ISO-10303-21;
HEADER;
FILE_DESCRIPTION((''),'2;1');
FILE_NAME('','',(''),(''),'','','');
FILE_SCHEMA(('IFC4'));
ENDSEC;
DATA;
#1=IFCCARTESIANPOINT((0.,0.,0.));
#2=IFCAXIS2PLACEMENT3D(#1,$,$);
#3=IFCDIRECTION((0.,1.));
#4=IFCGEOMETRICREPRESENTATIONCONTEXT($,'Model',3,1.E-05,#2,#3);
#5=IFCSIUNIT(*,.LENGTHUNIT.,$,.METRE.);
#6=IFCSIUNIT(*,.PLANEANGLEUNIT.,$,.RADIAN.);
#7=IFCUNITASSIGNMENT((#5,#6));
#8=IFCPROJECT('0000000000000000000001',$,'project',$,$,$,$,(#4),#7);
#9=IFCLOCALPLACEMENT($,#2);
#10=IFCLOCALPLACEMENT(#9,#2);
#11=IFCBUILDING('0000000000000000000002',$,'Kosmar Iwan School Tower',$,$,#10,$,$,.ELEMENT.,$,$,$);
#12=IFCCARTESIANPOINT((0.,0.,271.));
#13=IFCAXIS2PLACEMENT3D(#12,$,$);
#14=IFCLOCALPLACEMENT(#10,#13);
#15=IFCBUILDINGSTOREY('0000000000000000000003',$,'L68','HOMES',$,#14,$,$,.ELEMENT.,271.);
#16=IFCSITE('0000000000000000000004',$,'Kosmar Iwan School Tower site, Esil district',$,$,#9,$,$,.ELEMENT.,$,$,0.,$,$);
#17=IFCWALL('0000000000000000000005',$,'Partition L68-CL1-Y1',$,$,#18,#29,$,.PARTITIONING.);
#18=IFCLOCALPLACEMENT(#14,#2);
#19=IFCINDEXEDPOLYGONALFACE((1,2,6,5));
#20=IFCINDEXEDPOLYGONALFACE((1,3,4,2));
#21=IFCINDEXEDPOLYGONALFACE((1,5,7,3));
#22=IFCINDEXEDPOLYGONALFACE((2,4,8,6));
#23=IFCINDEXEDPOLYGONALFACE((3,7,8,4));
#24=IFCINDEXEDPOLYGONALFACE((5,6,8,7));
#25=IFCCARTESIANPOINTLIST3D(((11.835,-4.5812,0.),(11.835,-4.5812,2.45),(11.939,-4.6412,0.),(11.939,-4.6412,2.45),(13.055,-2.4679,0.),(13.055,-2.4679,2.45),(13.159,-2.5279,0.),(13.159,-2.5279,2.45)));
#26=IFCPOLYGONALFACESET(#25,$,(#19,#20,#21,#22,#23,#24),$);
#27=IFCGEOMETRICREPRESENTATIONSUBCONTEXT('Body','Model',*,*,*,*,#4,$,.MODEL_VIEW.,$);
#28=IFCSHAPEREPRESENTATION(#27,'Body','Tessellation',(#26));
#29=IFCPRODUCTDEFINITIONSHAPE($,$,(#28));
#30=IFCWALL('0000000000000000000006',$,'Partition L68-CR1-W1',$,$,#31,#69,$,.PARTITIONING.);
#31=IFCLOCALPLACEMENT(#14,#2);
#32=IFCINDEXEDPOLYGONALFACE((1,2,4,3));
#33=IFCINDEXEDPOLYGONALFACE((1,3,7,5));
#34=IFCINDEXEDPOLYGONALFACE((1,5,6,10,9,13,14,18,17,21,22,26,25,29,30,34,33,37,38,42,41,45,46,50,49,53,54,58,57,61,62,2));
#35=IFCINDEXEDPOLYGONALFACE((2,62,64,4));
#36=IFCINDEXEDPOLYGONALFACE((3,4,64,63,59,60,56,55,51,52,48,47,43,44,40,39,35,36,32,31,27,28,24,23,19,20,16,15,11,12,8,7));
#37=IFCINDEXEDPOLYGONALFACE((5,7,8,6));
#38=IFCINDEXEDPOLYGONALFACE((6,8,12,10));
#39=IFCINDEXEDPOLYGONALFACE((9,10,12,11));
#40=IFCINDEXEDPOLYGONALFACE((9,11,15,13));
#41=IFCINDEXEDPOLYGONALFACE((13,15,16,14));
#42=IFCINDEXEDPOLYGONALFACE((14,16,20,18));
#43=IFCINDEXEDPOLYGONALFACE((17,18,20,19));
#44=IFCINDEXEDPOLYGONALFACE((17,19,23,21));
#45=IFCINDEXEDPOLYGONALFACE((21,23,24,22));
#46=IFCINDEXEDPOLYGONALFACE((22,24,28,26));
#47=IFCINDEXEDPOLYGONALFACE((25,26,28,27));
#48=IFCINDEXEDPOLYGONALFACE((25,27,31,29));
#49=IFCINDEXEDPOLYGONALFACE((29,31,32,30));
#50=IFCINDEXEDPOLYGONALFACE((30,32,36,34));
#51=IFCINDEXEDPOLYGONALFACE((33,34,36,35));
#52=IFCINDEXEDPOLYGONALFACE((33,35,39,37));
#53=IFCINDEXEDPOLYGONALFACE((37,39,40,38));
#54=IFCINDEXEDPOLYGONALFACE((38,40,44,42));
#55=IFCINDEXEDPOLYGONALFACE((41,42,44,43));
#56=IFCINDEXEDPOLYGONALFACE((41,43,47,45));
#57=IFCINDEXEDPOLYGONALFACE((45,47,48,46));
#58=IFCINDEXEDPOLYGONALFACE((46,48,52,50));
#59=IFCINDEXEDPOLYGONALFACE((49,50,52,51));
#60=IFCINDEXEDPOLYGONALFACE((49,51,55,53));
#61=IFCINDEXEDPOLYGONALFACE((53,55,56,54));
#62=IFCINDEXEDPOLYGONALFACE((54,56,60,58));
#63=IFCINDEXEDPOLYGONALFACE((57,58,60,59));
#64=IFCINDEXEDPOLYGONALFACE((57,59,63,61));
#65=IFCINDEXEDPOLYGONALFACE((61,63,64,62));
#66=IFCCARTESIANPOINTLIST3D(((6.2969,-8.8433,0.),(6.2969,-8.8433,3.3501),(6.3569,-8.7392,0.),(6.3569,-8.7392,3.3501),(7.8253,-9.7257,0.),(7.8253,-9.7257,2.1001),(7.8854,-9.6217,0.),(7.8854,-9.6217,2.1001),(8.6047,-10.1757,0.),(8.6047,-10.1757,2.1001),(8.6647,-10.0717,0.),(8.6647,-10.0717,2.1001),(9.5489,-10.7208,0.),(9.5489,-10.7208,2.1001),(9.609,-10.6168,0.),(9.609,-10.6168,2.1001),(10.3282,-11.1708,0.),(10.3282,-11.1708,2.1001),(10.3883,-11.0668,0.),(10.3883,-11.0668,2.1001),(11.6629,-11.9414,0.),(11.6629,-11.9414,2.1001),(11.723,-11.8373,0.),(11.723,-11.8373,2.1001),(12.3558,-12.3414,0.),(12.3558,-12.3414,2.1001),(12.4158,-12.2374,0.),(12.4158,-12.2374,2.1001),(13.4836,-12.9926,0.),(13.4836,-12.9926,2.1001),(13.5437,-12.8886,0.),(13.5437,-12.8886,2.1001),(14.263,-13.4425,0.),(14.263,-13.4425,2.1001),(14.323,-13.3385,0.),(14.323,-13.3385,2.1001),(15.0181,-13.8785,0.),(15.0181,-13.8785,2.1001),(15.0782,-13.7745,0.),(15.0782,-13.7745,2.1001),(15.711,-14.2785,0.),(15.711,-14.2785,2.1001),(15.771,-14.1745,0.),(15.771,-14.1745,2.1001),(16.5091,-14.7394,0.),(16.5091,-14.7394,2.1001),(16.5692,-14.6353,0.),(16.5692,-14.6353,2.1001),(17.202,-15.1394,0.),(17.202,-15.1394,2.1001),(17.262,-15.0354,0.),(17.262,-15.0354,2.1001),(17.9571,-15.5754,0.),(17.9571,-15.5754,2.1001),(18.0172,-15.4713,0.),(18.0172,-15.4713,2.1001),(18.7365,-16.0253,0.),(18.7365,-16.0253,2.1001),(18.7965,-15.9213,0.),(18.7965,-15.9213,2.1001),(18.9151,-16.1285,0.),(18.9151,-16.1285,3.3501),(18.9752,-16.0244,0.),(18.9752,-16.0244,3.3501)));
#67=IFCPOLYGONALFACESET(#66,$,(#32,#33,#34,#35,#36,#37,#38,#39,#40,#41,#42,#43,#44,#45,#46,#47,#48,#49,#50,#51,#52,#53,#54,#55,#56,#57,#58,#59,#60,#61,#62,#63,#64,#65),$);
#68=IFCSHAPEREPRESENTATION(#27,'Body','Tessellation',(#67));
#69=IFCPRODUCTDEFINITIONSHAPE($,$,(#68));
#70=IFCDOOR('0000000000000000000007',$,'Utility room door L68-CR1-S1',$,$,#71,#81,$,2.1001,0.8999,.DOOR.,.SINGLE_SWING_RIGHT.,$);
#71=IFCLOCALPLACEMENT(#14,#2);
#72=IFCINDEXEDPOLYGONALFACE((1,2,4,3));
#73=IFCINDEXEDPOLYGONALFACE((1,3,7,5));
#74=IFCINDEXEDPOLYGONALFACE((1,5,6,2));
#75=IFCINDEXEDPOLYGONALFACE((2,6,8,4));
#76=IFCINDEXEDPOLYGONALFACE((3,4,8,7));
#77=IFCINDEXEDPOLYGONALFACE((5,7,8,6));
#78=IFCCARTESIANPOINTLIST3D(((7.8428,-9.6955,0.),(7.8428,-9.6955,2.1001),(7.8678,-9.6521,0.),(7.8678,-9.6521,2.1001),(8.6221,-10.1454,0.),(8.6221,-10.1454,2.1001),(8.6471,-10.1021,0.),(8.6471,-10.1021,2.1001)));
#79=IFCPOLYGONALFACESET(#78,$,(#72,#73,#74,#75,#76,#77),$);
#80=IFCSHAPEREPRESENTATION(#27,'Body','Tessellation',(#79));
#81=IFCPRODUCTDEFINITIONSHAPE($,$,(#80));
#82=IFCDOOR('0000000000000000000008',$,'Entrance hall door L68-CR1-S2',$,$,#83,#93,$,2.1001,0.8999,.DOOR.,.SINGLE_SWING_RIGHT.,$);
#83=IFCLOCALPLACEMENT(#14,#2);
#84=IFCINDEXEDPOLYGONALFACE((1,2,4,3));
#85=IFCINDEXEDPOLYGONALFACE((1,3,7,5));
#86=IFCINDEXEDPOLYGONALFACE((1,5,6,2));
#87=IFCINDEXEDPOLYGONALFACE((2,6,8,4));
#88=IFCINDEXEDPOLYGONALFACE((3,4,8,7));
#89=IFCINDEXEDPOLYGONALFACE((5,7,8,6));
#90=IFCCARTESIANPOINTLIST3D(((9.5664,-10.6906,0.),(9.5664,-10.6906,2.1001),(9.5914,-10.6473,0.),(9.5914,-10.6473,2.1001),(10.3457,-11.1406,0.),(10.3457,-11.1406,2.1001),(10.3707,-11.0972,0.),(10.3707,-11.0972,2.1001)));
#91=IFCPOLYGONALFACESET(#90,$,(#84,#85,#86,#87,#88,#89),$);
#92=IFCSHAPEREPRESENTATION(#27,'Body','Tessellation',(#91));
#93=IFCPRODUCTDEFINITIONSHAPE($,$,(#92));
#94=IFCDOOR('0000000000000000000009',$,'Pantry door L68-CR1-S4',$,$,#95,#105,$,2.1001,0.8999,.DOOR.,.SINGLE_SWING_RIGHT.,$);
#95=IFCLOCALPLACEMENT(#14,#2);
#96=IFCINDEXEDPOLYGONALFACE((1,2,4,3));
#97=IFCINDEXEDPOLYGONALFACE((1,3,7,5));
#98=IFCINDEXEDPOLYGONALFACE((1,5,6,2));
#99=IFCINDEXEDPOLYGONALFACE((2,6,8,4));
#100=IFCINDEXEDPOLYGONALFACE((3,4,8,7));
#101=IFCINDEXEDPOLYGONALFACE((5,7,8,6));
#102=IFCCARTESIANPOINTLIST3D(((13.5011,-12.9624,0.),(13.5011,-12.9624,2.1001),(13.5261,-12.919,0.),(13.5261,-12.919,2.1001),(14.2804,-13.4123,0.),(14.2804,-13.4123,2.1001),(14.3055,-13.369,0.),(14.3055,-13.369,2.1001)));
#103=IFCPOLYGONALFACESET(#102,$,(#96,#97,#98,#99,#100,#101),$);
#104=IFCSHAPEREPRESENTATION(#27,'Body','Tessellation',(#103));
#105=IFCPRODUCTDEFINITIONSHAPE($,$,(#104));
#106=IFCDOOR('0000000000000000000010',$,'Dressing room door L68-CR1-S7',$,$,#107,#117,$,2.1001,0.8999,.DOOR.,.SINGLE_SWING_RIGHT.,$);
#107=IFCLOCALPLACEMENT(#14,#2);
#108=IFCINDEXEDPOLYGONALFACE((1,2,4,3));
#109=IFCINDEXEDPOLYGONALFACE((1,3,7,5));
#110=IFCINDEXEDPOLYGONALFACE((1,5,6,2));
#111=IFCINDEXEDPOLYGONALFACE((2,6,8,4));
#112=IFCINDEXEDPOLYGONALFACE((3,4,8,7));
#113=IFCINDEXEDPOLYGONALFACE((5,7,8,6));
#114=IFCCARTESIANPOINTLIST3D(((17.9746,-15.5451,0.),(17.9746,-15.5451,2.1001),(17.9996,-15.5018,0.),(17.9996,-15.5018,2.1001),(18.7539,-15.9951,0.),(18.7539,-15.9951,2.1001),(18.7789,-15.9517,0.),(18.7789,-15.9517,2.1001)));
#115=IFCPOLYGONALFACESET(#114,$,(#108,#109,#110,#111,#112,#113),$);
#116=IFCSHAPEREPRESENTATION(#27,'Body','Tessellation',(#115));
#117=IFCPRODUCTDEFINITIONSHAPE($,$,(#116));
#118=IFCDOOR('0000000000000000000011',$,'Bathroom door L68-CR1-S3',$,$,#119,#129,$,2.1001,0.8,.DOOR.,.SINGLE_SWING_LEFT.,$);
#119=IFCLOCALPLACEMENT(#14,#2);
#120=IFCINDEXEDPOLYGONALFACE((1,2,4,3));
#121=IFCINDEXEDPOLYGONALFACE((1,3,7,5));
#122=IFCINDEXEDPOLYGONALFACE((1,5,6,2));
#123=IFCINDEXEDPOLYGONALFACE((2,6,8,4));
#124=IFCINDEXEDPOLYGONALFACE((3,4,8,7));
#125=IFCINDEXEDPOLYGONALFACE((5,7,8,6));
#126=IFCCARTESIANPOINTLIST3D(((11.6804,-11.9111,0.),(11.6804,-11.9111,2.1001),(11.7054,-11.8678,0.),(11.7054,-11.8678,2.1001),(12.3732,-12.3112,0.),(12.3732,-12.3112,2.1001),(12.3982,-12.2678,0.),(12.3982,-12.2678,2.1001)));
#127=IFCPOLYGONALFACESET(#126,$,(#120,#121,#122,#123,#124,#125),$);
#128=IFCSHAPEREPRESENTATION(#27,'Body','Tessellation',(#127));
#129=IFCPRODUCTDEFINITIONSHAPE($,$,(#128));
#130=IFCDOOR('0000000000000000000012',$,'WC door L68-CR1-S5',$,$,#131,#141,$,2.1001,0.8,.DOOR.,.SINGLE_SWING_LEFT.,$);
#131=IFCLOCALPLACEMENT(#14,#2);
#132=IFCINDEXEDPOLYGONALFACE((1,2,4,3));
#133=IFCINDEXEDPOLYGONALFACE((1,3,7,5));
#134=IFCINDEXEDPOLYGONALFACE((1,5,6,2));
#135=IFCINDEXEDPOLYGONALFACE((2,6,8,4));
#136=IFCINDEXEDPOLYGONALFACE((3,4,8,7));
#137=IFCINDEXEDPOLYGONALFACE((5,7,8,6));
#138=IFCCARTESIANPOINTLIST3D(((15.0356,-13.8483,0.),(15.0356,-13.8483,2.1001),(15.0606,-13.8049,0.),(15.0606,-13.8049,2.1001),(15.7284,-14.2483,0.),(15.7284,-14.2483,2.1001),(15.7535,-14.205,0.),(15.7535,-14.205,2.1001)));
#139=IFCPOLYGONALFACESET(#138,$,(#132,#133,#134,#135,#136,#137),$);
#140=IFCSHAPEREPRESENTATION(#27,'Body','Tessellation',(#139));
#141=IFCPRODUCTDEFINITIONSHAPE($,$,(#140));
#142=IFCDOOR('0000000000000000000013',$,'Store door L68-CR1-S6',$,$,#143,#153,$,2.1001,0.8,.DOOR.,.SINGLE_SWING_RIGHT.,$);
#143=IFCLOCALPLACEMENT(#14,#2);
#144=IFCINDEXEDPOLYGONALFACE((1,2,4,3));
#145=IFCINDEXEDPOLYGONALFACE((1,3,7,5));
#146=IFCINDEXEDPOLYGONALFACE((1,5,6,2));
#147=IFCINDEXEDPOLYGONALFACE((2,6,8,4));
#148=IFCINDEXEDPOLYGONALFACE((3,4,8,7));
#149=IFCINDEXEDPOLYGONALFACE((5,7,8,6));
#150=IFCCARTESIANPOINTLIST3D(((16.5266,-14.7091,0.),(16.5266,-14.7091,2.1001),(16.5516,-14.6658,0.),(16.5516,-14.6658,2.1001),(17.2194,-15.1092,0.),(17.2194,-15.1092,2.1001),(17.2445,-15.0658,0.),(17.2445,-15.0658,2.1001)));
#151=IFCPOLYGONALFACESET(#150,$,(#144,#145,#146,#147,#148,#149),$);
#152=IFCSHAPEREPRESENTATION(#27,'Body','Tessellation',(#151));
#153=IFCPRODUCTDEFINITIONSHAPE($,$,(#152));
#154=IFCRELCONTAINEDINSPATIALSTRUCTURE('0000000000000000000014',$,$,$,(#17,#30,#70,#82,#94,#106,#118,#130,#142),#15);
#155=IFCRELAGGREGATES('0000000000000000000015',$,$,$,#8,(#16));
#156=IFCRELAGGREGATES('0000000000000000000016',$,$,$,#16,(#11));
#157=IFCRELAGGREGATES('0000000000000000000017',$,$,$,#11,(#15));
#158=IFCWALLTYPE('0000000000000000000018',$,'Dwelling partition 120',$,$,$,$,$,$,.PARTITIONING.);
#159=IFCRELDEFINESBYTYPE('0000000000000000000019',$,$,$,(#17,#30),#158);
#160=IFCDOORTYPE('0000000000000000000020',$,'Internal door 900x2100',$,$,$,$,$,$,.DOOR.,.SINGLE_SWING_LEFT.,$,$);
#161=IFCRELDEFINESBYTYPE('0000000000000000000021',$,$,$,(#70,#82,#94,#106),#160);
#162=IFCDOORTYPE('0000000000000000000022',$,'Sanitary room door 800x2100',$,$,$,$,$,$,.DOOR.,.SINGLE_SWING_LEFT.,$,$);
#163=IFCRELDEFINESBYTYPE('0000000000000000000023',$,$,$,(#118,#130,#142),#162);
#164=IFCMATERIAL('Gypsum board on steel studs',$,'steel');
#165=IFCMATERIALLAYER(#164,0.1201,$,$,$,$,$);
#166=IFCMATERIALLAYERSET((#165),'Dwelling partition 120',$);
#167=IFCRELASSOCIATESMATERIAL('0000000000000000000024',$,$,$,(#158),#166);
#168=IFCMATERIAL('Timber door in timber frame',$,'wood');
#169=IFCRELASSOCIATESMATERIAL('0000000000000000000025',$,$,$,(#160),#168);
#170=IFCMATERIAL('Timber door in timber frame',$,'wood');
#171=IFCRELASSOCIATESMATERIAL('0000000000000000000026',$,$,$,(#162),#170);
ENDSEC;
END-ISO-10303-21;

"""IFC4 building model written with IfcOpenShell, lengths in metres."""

from ifc_helpers import new_model, si_unit, direction, frame, frame_2d, origin, place, context, subcontext, project, spatial, rectangle, extrude, material, layer, layer_set, type_object, element, fill, save


model = new_model("IFC4")

# Units and contexts
model_context = context("Model", 3, precision=1e-05, world=origin(), true_north=direction((0.0, 1.0)))
body_context = subcontext(model_context, "Body", "Model", "MODEL_VIEW")
ifc_project = project(units=[si_unit("LENGTHUNIT", "METRE"), si_unit("PLANEANGLEUNIT", "RADIAN")], contexts=[model_context])

# Site, building, storey
site_placement = place(None, origin())
site = spatial("IfcSite", under=ifc_project, at=site_placement, Name="Kosmar Iwan School Tower site, Esil district", CompositionType="ELEMENT", RefElevation=0.0)
building_placement = place(site_placement, origin())
building = spatial("IfcBuilding", under=site, at=building_placement, Name="Kosmar Iwan School Tower", CompositionType="ELEMENT")
storey_placement = place(building_placement, frame((0.0, 0.0, 271.0)))
storey = spatial("IfcBuildingStorey", under=building, at=storey_placement, Name="L68", Description="HOMES", CompositionType="ELEMENT", Elevation=271.0)

# Wall
ifc_material_1 = material(Name="Gypsum board on steel studs", Category="steel")
ifc_layer_1 = layer(ifc_material_1, 0.1201)
ifc_layer_set_1 = layer_set([ifc_layer_1], Name="Dwelling partition 120")
wall_type_1 = type_object("IfcWallType", Name="Dwelling partition 120", PredefinedType="PARTITIONING", material=ifc_layer_set_1)
wall_1_placement = place(storey_placement, frame((11.887, -4.6113, 0.0), z_axis=(0.0, 0.0, 1.0), x_axis=(0.499959, 0.866049, 0.0)))
element("IfcWall", 1, at=wall_1_placement, inside=storey, type_object=wall_type_1, Name="Partition L68-CL1-Y1", PredefinedType="PARTITIONING", context=body_context, shape_type="SweptSolid", body=[
    extrude(rectangle(XDim=2.4402, YDim=0.1201, at=frame_2d((1.2202, 0.0))), origin(), (0.0, 0.0, 1.0), 2.45),
])

# Wall, openings, doors
wall_2_placement = place(storey_placement, frame((6.3269, -8.7913, 0.0), z_axis=(0.0, 0.0, 1.0), x_axis=(0.866024, -0.500003, 0.0)))
wall_2 = element("IfcWall", 2, at=wall_2_placement, inside=storey, type_object=wall_type_1, Name="Partition L68-CR1-W1", PredefinedType="PARTITIONING", context=body_context, shape_type="SweptSolid", body=[
    extrude(rectangle(XDim=14.5703, YDim=0.1201, at=frame_2d((7.2852, 0.0))), origin(), (0.0, 0.0, 1.0), 3.3501),
])
opening_1_placement = place(wall_2_placement, frame((1.7649, 0.0, 0.0)))
opening_1 = element("IfcOpeningElement", 3, at=opening_1_placement, cuts=wall_2, PredefinedType="OPENING", context=body_context, shape_type="SweptSolid", body=[
    extrude(rectangle(XDim=0.8999, YDim=2.1001, at=frame_2d((0.45, 1.05))), frame((0.0, 0.072, 0.0), z_axis=(0.0, -1.0, 0.0), x_axis=(1.0, 0.0, 0.0)), (0.0, 0.0, 1.0), 0.144),
])
opening_2_placement = place(wall_2_placement, frame((3.7551, 0.0, 0.0)))
opening_2 = element("IfcOpeningElement", 4, at=opening_2_placement, cuts=wall_2, PredefinedType="OPENING", context=body_context, shape_type="SweptSolid", body=[
    extrude(rectangle(XDim=0.8999, YDim=2.1001, at=frame_2d((0.45, 1.05))), frame((0.0, 0.072, 0.0), z_axis=(0.0, -1.0, 0.0), x_axis=(1.0, 0.0, 0.0)), (0.0, 0.0, 1.0), 0.144),
])
opening_3_placement = place(wall_2_placement, frame((6.1963, 0.0, 0.0)))
opening_3 = element("IfcOpeningElement", 5, at=opening_3_placement, cuts=wall_2, PredefinedType="OPENING", context=body_context, shape_type="SweptSolid", body=[
    extrude(rectangle(XDim=0.8, YDim=2.1001, at=frame_2d((0.3999, 1.05))), frame((0.0, 0.072, 0.0), z_axis=(0.0, -1.0, 0.0), x_axis=(1.0, 0.0, 0.0)), (0.0, 0.0, 1.0), 0.144),
])
opening_4_placement = place(wall_2_placement, frame((8.2986, 0.0, 0.0)))
opening_4 = element("IfcOpeningElement", 6, at=opening_4_placement, cuts=wall_2, PredefinedType="OPENING", context=body_context, shape_type="SweptSolid", body=[
    extrude(rectangle(XDim=0.8999, YDim=2.1001, at=frame_2d((0.45, 1.05))), frame((0.0, 0.072, 0.0), z_axis=(0.0, -1.0, 0.0), x_axis=(1.0, 0.0, 0.0)), (0.0, 0.0, 1.0), 0.144),
])
opening_5_placement = place(wall_2_placement, frame((10.0706, 0.0, 0.0)))
opening_5 = element("IfcOpeningElement", 7, at=opening_5_placement, cuts=wall_2, PredefinedType="OPENING", context=body_context, shape_type="SweptSolid", body=[
    extrude(rectangle(XDim=0.8, YDim=2.1001, at=frame_2d((0.3999, 1.05))), frame((0.0, 0.072, 0.0), z_axis=(0.0, -1.0, 0.0), x_axis=(1.0, 0.0, 0.0)), (0.0, 0.0, 1.0), 0.144),
])
opening_6_placement = place(wall_2_placement, frame((11.7922, 0.0, 0.0)))
opening_6 = element("IfcOpeningElement", 8, at=opening_6_placement, cuts=wall_2, PredefinedType="OPENING", context=body_context, shape_type="SweptSolid", body=[
    extrude(rectangle(XDim=0.8, YDim=2.1001, at=frame_2d((0.3999, 1.05))), frame((0.0, 0.072, 0.0), z_axis=(0.0, -1.0, 0.0), x_axis=(1.0, 0.0, 0.0)), (0.0, 0.0, 1.0), 0.144),
])
opening_7_placement = place(wall_2_placement, frame((13.4641, 0.0, 0.0)))
opening_7 = element("IfcOpeningElement", 9, at=opening_7_placement, cuts=wall_2, PredefinedType="OPENING", context=body_context, shape_type="SweptSolid", body=[
    extrude(rectangle(XDim=0.8999, YDim=2.1001, at=frame_2d((0.45, 1.05))), frame((0.0, 0.072, 0.0), z_axis=(0.0, -1.0, 0.0), x_axis=(1.0, 0.0, 0.0)), (0.0, 0.0, 1.0), 0.144),
])
ifc_material_2 = material(Name="Timber door in timber frame", Category="wood")
door_type_1 = type_object("IfcDoorType", Name="Internal door 900x2100", OperationType="SINGLE_SWING_LEFT", PredefinedType="DOOR", material=ifc_material_2)
door_1_placement = place(opening_1_placement, origin())
door_1 = element("IfcDoor", 10, at=door_1_placement, inside=storey, type_object=door_type_1, Name="Utility room door L68-CR1-S1", OperationType="SINGLE_SWING_RIGHT", OverallHeight=2.1001, OverallWidth=0.8999, PredefinedType="DOOR", context=body_context, shape_type="SweptSolid", body=[
    extrude(rectangle(XDim=0.8999, YDim=2.1001, at=frame_2d((0.45, 1.05))), frame((0.0, 0.0249, 0.0), z_axis=(0.0, -1.0, 0.0), x_axis=(1.0, 0.0, 0.0)), (0.0, 0.0, 1.0), 0.05),
])
fill(opening_1, door_1)
door_2_placement = place(opening_2_placement, origin())
door_2 = element("IfcDoor", 11, at=door_2_placement, inside=storey, type_object=door_type_1, Name="Entrance hall door L68-CR1-S2", OperationType="SINGLE_SWING_RIGHT", OverallHeight=2.1001, OverallWidth=0.8999, PredefinedType="DOOR", context=body_context, shape_type="SweptSolid", body=[
    extrude(rectangle(XDim=0.8999, YDim=2.1001, at=frame_2d((0.45, 1.05))), frame((0.0, 0.0249, 0.0), z_axis=(0.0, -1.0, 0.0), x_axis=(1.0, 0.0, 0.0)), (0.0, 0.0, 1.0), 0.05),
])
fill(opening_2, door_2)
door_3_placement = place(opening_4_placement, origin())
door_3 = element("IfcDoor", 12, at=door_3_placement, inside=storey, type_object=door_type_1, Name="Pantry door L68-CR1-S4", OperationType="SINGLE_SWING_RIGHT", OverallHeight=2.1001, OverallWidth=0.8999, PredefinedType="DOOR", context=body_context, shape_type="SweptSolid", body=[
    extrude(rectangle(XDim=0.8999, YDim=2.1001, at=frame_2d((0.45, 1.05))), frame((0.0, 0.0249, 0.0), z_axis=(0.0, -1.0, 0.0), x_axis=(1.0, 0.0, 0.0)), (0.0, 0.0, 1.0), 0.05),
])
fill(opening_4, door_3)
door_4_placement = place(opening_7_placement, origin())
door_4 = element("IfcDoor", 13, at=door_4_placement, inside=storey, type_object=door_type_1, Name="Dressing room door L68-CR1-S7", OperationType="SINGLE_SWING_RIGHT", OverallHeight=2.1001, OverallWidth=0.8999, PredefinedType="DOOR", context=body_context, shape_type="SweptSolid", body=[
    extrude(rectangle(XDim=0.8999, YDim=2.1001, at=frame_2d((0.45, 1.05))), frame((0.0, 0.0249, 0.0), z_axis=(0.0, -1.0, 0.0), x_axis=(1.0, 0.0, 0.0)), (0.0, 0.0, 1.0), 0.05),
])
fill(opening_7, door_4)
ifc_material_3 = material(Name="Timber door in timber frame", Category="wood")
door_type_2 = type_object("IfcDoorType", Name="Sanitary room door 800x2100", OperationType="SINGLE_SWING_LEFT", PredefinedType="DOOR", material=ifc_material_3)
door_5_placement = place(opening_3_placement, origin())
door_5 = element("IfcDoor", 14, at=door_5_placement, inside=storey, type_object=door_type_2, Name="Bathroom door L68-CR1-S3", OperationType="SINGLE_SWING_LEFT", OverallHeight=2.1001, OverallWidth=0.8, PredefinedType="DOOR", context=body_context, shape_type="SweptSolid", body=[
    extrude(rectangle(XDim=0.8, YDim=2.1001, at=frame_2d((0.3999, 1.05))), frame((0.0, 0.0249, 0.0), z_axis=(0.0, -1.0, 0.0), x_axis=(1.0, 0.0, 0.0)), (0.0, 0.0, 1.0), 0.05),
])
fill(opening_3, door_5)
door_6_placement = place(opening_5_placement, origin())
door_6 = element("IfcDoor", 15, at=door_6_placement, inside=storey, type_object=door_type_2, Name="WC door L68-CR1-S5", OperationType="SINGLE_SWING_LEFT", OverallHeight=2.1001, OverallWidth=0.8, PredefinedType="DOOR", context=body_context, shape_type="SweptSolid", body=[
    extrude(rectangle(XDim=0.8, YDim=2.1001, at=frame_2d((0.3999, 1.05))), frame((0.0, 0.0249, 0.0), z_axis=(0.0, -1.0, 0.0), x_axis=(1.0, 0.0, 0.0)), (0.0, 0.0, 1.0), 0.05),
])
fill(opening_5, door_6)
door_7_placement = place(opening_6_placement, origin())
door_7 = element("IfcDoor", 16, at=door_7_placement, inside=storey, type_object=door_type_2, Name="Store door L68-CR1-S6", OperationType="SINGLE_SWING_RIGHT", OverallHeight=2.1001, OverallWidth=0.8, PredefinedType="DOOR", context=body_context, shape_type="SweptSolid", body=[
    extrude(rectangle(XDim=0.8, YDim=2.1001, at=frame_2d((0.3999, 1.05))), frame((0.0, 0.0249, 0.0), z_axis=(0.0, -1.0, 0.0), x_axis=(1.0, 0.0, 0.0)), (0.0, 0.0, 1.0), 0.05),
])
fill(opening_6, door_7)

save(model, "model.ifc")
